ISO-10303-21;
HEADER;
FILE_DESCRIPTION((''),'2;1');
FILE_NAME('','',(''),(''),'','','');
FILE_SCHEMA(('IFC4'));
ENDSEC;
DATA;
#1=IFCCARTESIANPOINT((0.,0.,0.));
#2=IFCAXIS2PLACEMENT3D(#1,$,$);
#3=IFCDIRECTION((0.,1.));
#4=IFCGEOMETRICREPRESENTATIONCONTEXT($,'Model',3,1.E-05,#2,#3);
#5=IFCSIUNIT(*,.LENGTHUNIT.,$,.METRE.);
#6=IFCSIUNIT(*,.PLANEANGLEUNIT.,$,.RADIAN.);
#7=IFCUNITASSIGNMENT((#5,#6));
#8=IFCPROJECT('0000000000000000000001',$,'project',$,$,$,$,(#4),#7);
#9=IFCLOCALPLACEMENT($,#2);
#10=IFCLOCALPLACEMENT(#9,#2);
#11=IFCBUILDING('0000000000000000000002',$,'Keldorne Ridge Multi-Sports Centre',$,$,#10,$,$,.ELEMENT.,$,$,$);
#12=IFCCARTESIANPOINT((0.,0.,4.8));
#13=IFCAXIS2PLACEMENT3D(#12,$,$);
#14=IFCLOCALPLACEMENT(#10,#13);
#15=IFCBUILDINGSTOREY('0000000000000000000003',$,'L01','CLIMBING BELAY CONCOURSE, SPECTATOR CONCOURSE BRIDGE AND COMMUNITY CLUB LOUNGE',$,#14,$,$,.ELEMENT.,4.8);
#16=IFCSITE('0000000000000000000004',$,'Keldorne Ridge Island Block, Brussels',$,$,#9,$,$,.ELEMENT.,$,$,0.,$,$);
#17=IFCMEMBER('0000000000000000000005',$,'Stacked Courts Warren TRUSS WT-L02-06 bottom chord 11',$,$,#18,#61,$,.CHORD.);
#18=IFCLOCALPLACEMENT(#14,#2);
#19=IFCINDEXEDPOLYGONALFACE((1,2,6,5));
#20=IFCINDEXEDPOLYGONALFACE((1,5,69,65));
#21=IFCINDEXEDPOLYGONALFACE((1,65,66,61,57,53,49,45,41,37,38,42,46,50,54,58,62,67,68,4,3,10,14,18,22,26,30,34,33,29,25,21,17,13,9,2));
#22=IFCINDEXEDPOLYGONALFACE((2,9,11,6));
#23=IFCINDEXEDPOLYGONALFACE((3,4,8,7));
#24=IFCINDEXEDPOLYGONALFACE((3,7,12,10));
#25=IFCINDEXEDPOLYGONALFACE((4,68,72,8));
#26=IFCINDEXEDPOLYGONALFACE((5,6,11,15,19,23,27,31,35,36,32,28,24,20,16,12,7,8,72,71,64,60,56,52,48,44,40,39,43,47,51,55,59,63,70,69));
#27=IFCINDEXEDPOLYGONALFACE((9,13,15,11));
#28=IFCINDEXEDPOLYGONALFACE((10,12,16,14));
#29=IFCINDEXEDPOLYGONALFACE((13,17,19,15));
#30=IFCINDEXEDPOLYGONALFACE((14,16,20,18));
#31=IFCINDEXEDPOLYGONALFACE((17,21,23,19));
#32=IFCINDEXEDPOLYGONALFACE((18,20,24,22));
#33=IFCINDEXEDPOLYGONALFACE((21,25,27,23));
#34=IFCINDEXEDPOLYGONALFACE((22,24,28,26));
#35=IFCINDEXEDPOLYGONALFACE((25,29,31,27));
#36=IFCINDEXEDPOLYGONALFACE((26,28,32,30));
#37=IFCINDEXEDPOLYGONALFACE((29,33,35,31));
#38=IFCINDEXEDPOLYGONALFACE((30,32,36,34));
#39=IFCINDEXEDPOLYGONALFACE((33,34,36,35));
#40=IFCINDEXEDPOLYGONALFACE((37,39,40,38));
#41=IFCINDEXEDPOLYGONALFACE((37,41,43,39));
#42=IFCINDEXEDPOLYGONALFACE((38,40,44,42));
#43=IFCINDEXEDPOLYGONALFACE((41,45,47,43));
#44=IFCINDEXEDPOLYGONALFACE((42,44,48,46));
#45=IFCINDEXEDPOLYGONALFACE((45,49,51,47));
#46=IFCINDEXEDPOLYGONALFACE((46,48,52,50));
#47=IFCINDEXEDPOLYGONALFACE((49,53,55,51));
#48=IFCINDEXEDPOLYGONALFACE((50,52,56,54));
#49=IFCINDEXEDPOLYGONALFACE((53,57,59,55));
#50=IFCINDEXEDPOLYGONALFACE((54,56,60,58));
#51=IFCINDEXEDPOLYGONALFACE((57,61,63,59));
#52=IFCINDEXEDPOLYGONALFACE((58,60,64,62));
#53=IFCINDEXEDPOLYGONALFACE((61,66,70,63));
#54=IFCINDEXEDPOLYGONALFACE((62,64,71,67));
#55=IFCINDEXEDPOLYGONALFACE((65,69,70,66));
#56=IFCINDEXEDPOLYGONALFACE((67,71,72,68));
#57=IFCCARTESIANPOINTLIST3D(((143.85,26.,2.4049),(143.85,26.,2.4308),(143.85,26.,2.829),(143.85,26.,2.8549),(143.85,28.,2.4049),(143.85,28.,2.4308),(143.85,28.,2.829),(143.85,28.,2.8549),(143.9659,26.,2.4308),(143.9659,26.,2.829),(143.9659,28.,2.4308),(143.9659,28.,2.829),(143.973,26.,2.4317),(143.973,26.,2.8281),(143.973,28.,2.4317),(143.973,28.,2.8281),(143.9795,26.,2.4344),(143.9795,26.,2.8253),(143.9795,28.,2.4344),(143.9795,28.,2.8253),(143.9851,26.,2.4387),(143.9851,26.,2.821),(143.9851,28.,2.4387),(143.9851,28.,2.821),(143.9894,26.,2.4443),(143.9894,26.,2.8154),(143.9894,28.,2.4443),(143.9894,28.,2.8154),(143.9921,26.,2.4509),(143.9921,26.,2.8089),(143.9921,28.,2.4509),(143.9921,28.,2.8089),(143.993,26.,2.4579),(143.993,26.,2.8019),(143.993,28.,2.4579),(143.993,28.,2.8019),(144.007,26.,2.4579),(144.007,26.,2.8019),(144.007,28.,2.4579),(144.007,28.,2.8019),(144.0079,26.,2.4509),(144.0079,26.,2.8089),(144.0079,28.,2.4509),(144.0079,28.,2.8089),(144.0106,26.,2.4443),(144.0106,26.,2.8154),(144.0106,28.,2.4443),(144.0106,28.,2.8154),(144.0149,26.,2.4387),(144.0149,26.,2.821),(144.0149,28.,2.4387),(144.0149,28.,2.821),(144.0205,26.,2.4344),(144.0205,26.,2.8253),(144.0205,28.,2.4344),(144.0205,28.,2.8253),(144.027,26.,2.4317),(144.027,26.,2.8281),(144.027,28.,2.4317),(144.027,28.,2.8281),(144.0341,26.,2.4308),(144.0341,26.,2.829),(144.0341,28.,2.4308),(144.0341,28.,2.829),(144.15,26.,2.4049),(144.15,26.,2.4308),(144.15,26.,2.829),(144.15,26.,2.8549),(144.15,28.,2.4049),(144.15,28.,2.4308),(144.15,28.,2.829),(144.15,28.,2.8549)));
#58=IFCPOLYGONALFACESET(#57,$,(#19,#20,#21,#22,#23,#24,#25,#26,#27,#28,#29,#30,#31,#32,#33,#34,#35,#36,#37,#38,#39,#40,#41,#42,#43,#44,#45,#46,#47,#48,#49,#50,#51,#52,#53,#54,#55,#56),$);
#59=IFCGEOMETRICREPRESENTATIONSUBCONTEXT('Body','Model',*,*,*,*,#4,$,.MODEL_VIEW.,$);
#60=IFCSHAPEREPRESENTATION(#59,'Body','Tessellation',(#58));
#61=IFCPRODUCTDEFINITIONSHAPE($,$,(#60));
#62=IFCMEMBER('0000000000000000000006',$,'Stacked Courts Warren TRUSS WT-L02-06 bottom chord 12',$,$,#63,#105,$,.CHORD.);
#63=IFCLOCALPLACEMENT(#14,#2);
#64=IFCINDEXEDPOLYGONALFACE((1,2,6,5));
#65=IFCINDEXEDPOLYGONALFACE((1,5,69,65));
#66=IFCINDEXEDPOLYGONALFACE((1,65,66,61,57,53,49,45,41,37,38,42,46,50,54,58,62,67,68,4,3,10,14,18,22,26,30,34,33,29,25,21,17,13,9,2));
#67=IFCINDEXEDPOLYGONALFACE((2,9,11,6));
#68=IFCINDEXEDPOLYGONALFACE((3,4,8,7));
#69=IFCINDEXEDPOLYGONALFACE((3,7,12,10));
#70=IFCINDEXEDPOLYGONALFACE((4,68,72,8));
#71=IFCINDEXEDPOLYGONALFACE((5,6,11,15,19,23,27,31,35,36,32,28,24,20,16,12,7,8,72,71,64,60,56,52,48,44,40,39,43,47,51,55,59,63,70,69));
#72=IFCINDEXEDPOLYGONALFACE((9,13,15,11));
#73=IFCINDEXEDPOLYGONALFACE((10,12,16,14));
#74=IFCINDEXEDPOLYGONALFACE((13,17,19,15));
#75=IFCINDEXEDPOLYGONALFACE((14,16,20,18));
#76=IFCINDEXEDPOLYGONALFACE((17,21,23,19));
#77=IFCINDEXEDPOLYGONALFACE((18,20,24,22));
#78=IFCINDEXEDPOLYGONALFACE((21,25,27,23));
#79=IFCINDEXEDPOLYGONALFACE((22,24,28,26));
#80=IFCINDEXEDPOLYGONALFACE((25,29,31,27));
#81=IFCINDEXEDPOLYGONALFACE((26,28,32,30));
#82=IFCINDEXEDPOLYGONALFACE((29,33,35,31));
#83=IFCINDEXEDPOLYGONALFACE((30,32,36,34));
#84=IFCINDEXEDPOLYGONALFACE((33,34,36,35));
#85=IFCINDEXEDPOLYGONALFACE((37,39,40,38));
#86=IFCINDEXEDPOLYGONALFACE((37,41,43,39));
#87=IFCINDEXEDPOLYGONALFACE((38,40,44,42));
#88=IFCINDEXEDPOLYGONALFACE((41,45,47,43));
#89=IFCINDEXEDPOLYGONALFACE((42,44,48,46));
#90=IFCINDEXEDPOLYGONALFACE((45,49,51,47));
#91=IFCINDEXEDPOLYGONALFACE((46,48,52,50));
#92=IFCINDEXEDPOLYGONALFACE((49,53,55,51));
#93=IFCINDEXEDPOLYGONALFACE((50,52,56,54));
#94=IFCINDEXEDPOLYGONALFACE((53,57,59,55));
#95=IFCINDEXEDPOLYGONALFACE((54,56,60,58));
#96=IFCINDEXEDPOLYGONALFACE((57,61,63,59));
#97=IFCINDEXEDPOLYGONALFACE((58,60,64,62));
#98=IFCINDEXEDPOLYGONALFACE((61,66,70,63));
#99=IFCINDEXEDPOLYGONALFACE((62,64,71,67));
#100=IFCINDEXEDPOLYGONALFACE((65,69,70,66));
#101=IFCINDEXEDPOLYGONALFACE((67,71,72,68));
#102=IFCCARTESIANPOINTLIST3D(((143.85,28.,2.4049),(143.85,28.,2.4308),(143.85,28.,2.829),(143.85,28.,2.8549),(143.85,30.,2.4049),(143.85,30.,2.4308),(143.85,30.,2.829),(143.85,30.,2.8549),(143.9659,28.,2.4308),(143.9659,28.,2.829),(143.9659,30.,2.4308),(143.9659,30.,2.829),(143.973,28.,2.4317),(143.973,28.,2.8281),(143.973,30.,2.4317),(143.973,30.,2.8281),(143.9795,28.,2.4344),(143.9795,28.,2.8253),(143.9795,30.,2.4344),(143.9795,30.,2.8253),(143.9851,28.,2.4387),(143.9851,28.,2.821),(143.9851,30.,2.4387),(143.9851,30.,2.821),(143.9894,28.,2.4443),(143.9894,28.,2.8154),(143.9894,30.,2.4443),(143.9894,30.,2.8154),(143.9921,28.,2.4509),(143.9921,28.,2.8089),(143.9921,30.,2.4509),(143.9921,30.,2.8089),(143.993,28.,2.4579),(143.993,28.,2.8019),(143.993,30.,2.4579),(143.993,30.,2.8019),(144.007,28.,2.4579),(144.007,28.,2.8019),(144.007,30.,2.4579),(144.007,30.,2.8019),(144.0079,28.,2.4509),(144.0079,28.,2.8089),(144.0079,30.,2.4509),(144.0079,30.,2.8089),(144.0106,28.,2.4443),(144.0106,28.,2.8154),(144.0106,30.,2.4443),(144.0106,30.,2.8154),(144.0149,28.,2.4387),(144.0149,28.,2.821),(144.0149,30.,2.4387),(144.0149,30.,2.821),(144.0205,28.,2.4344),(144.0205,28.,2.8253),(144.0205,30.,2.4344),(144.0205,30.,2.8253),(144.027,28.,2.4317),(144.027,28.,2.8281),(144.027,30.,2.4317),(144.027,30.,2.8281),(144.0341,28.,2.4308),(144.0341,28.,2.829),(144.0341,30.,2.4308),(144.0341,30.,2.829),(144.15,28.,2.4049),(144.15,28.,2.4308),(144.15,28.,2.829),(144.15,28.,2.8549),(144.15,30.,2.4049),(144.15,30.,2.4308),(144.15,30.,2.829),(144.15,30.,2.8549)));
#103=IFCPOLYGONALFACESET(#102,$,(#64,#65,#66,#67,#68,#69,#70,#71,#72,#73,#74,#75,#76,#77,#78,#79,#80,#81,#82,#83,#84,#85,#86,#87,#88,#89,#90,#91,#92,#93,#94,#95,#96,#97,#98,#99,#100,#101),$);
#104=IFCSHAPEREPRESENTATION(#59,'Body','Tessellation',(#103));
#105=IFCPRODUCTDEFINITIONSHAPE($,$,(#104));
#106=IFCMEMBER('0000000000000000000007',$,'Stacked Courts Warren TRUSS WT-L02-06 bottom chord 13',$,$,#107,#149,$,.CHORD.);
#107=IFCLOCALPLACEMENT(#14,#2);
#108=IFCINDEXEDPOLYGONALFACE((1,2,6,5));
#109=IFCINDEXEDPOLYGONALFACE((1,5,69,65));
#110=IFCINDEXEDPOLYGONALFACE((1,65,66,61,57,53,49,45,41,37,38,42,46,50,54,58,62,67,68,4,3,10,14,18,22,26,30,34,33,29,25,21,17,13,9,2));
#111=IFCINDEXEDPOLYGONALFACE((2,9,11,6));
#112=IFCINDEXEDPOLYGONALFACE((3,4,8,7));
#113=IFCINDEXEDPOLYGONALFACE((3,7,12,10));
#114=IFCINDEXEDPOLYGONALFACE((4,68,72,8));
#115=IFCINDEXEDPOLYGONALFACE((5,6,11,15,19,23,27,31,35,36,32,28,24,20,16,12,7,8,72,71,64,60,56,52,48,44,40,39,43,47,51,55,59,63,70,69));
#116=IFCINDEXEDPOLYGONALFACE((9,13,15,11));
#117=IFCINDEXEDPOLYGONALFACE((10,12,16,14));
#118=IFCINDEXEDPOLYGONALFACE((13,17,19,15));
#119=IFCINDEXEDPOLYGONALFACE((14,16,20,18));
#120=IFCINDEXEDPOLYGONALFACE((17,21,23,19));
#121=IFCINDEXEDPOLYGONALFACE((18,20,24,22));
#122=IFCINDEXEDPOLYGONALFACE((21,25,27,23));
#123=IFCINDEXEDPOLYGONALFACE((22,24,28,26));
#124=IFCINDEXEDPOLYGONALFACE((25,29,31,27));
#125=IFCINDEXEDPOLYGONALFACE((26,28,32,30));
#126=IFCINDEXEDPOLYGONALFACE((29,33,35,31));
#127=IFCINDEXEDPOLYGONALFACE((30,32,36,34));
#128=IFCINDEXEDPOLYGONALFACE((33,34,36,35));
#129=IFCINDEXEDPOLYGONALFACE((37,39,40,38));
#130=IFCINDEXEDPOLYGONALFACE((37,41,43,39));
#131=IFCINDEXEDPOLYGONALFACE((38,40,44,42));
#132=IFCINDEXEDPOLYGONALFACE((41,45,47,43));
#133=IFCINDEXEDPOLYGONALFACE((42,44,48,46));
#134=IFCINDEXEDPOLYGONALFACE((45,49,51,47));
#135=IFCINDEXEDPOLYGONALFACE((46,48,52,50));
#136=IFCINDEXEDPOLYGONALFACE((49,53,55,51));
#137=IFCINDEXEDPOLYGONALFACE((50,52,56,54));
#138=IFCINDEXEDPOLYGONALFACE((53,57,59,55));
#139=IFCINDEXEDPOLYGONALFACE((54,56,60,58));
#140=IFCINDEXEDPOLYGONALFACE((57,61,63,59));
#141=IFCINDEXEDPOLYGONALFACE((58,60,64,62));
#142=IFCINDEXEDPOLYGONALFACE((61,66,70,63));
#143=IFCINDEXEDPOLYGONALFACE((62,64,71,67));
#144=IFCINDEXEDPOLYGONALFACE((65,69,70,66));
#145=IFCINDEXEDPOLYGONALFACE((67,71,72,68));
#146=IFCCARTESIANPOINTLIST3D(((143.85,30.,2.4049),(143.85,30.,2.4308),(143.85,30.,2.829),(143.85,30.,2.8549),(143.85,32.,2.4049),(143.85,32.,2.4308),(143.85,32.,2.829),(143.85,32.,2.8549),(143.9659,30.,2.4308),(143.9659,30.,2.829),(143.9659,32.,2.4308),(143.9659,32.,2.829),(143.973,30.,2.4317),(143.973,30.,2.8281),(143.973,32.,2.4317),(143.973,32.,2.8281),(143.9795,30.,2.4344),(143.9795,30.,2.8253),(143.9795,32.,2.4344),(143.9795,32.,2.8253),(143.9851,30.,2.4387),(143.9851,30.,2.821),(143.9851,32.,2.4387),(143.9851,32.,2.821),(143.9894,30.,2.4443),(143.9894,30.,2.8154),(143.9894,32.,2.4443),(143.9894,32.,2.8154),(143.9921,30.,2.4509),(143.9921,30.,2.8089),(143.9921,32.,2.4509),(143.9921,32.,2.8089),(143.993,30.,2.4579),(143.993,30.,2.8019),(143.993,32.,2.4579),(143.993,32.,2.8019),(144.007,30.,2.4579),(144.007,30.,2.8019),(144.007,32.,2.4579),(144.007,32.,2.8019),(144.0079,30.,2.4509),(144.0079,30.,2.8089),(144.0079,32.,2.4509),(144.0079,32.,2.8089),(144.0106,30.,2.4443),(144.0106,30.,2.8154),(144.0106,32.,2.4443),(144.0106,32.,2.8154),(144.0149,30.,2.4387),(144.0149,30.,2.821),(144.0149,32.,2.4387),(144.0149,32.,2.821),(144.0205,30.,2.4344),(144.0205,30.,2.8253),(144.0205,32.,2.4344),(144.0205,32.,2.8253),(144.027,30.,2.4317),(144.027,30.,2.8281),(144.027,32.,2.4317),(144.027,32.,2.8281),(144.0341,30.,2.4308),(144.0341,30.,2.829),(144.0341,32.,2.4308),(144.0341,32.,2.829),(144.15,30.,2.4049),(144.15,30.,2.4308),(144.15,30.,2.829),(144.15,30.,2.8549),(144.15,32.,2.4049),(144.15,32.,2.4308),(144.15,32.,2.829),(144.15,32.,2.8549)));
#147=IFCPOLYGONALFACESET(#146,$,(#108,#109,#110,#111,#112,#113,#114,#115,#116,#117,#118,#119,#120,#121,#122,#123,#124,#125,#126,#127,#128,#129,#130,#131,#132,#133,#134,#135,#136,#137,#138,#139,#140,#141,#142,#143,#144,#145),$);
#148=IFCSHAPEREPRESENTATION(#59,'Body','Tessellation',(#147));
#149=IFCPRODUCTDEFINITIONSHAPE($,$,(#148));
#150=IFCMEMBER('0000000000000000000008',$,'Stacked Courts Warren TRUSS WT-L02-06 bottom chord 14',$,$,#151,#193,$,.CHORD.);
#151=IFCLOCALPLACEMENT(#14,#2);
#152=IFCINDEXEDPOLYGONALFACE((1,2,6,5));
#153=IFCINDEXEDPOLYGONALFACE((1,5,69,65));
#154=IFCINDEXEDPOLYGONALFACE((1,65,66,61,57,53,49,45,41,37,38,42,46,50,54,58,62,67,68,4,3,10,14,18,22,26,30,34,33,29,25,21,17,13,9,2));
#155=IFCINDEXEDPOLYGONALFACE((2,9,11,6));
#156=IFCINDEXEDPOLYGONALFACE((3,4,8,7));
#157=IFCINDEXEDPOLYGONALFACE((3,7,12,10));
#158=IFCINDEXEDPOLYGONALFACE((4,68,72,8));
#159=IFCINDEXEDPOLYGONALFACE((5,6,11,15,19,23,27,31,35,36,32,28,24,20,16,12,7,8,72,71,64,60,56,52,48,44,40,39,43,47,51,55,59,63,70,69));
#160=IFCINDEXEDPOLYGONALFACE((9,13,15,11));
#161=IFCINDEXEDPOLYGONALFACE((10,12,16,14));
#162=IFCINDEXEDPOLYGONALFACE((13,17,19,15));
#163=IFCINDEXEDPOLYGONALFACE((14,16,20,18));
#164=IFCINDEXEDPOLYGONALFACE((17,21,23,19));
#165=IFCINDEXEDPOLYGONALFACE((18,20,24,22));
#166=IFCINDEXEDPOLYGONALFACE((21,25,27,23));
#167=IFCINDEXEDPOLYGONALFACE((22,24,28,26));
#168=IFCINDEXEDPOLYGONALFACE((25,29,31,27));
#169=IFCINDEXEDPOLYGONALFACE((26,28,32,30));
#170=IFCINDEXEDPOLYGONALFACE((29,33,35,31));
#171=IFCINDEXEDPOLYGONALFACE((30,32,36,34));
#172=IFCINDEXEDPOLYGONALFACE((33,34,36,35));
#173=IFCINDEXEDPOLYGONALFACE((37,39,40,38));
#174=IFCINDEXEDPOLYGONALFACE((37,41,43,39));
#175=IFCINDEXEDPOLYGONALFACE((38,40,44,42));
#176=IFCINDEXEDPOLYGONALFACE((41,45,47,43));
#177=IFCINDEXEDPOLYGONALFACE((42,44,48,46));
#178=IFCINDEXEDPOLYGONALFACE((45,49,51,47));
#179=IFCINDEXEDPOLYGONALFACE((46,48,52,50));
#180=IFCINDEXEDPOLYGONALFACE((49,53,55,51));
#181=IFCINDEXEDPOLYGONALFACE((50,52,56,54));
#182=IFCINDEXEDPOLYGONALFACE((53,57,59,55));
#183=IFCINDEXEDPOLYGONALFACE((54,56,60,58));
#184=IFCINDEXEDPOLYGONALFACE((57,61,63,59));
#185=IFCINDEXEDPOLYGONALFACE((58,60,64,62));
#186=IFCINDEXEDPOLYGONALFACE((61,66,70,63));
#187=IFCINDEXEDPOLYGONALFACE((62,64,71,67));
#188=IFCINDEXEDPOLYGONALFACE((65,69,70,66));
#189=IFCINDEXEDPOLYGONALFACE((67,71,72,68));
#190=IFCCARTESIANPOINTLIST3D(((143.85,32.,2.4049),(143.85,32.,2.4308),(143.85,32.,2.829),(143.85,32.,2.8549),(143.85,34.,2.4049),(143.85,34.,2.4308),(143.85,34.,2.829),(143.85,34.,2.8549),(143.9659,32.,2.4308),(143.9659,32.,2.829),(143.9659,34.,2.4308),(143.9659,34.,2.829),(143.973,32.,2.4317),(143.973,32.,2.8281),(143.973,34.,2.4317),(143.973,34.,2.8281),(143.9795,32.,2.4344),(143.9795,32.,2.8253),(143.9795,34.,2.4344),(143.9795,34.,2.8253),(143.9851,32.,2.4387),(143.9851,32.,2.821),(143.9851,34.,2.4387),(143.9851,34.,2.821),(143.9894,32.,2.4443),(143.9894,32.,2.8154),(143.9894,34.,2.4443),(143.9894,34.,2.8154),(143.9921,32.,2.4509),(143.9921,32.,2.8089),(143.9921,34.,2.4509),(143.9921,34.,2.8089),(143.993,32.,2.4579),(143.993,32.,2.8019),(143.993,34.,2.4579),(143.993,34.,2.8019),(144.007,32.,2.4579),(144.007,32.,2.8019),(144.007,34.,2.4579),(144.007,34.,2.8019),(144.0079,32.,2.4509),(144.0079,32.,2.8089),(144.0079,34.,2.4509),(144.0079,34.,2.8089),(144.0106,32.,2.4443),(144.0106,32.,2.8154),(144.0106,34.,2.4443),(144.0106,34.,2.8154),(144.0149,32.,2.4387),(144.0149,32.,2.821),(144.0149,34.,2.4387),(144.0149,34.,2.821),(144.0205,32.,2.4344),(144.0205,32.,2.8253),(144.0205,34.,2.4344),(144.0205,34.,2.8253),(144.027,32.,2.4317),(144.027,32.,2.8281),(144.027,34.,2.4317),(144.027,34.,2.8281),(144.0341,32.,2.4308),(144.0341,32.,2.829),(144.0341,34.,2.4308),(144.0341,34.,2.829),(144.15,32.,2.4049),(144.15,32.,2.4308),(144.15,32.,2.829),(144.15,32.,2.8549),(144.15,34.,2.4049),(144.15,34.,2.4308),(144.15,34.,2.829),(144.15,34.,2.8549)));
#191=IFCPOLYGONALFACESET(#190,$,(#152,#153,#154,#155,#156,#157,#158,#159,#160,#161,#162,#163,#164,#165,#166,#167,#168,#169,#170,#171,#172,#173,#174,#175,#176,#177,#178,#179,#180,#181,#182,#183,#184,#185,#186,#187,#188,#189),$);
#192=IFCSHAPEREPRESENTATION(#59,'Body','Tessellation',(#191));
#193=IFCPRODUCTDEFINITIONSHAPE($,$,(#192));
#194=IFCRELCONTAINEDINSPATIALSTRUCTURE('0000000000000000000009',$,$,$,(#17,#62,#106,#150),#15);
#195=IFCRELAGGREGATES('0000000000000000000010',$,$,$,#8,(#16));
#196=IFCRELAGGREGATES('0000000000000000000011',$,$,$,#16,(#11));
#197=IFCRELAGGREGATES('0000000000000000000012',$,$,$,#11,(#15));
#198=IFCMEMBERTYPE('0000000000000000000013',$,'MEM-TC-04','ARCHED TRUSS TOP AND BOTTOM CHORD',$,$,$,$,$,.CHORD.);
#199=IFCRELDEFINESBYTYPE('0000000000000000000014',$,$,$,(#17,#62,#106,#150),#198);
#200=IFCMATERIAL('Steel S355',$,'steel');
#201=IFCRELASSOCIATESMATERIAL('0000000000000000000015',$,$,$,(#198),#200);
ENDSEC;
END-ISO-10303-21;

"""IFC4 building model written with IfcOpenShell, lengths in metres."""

from ifc_helpers import new_model, si_unit, direction, frame, origin, origin_2d, place, context, subcontext, project, spatial, i_section, extrude, material, material_profile, profile_set, type_object, element, save


model = new_model("IFC4")

# Units and contexts
model_context = context("Model", 3, precision=1e-05, world=origin(), true_north=direction((0.0, 1.0)))
body_context = subcontext(model_context, "Body", "Model", "MODEL_VIEW")
ifc_project = project(units=[si_unit("LENGTHUNIT", "METRE"), si_unit("PLANEANGLEUNIT", "RADIAN")], contexts=[model_context])

# Site, building, storey
site_placement = place(None, origin())
site = spatial("IfcSite", under=ifc_project, at=site_placement, Name="Keldorne Ridge Island Block, Brussels", CompositionType="ELEMENT", RefElevation=0.0)
building_placement = place(site_placement, origin())
building = spatial("IfcBuilding", under=site, at=building_placement, Name="Keldorne Ridge Multi-Sports Centre", CompositionType="ELEMENT")
storey_placement = place(building_placement, frame((0.0, 0.0, 4.8)))
storey = spatial("IfcBuildingStorey", under=building, at=storey_placement, Name="L01", Description="CLIMBING BELAY CONCOURSE, SPECTATOR CONCOURSE BRIDGE AND COMMUNITY CLUB LOUNGE", CompositionType="ELEMENT", Elevation=4.8)

# Members
ifc_material = material(Name="Steel S355", Category="steel")
ifc_material_profile_1 = material_profile(ifc_material, i_section(OverallWidth=0.3, OverallDepth=0.45, WebThickness=0.0139, FlangeThickness=0.0259, FilletRadius=0.0271, at=origin_2d()), Name="HEB 450")
ifc_profile_set_1 = profile_set([ifc_material_profile_1], Name="Steel S355")
member_type_1 = type_object("IfcMemberType", Name="MEM-TC-04", Description="ARCHED TRUSS TOP AND BOTTOM CHORD", PredefinedType="CHORD", material=ifc_profile_set_1)
for number, where, z_axis, x_axis, name in (
    (1, (144.0, 26.0, 2.6299), (0.0, 1.0, 0.0), (-1.0, 0.0, 0.0), "Stacked Courts Warren TRUSS WT-L02-06 bottom chord 11"),
    (2, (144.0, 28.0, 2.6299), (0.0, 1.0, 0.0), (-1.0, 0.0, 0.0), "Stacked Courts Warren TRUSS WT-L02-06 bottom chord 12"),
    (3, (144.0, 30.0, 2.6299), (0.0, 1.0, 0.0), (-1.0, 0.0, 0.0), "Stacked Courts Warren TRUSS WT-L02-06 bottom chord 13"),
    (4, (144.0, 32.0, 2.6299), (0.0, 1.0, 0.0), (-1.0, 0.0, 0.0), "Stacked Courts Warren TRUSS WT-L02-06 bottom chord 14"),
):
    element("IfcMember", number, at=place(storey_placement, frame(where, z_axis=z_axis, x_axis=x_axis)), inside=storey, type_object=member_type_1, Name=name, PredefinedType="CHORD", context=body_context, shape_type="SweptSolid", body=[
        extrude(i_section(OverallWidth=0.3, OverallDepth=0.45, WebThickness=0.0139, FlangeThickness=0.0259, FilletRadius=0.0271, at=origin_2d()), origin(), (0.0, 0.0, 1.0), 2.0),
    ])

save(model, "model.ifc")
